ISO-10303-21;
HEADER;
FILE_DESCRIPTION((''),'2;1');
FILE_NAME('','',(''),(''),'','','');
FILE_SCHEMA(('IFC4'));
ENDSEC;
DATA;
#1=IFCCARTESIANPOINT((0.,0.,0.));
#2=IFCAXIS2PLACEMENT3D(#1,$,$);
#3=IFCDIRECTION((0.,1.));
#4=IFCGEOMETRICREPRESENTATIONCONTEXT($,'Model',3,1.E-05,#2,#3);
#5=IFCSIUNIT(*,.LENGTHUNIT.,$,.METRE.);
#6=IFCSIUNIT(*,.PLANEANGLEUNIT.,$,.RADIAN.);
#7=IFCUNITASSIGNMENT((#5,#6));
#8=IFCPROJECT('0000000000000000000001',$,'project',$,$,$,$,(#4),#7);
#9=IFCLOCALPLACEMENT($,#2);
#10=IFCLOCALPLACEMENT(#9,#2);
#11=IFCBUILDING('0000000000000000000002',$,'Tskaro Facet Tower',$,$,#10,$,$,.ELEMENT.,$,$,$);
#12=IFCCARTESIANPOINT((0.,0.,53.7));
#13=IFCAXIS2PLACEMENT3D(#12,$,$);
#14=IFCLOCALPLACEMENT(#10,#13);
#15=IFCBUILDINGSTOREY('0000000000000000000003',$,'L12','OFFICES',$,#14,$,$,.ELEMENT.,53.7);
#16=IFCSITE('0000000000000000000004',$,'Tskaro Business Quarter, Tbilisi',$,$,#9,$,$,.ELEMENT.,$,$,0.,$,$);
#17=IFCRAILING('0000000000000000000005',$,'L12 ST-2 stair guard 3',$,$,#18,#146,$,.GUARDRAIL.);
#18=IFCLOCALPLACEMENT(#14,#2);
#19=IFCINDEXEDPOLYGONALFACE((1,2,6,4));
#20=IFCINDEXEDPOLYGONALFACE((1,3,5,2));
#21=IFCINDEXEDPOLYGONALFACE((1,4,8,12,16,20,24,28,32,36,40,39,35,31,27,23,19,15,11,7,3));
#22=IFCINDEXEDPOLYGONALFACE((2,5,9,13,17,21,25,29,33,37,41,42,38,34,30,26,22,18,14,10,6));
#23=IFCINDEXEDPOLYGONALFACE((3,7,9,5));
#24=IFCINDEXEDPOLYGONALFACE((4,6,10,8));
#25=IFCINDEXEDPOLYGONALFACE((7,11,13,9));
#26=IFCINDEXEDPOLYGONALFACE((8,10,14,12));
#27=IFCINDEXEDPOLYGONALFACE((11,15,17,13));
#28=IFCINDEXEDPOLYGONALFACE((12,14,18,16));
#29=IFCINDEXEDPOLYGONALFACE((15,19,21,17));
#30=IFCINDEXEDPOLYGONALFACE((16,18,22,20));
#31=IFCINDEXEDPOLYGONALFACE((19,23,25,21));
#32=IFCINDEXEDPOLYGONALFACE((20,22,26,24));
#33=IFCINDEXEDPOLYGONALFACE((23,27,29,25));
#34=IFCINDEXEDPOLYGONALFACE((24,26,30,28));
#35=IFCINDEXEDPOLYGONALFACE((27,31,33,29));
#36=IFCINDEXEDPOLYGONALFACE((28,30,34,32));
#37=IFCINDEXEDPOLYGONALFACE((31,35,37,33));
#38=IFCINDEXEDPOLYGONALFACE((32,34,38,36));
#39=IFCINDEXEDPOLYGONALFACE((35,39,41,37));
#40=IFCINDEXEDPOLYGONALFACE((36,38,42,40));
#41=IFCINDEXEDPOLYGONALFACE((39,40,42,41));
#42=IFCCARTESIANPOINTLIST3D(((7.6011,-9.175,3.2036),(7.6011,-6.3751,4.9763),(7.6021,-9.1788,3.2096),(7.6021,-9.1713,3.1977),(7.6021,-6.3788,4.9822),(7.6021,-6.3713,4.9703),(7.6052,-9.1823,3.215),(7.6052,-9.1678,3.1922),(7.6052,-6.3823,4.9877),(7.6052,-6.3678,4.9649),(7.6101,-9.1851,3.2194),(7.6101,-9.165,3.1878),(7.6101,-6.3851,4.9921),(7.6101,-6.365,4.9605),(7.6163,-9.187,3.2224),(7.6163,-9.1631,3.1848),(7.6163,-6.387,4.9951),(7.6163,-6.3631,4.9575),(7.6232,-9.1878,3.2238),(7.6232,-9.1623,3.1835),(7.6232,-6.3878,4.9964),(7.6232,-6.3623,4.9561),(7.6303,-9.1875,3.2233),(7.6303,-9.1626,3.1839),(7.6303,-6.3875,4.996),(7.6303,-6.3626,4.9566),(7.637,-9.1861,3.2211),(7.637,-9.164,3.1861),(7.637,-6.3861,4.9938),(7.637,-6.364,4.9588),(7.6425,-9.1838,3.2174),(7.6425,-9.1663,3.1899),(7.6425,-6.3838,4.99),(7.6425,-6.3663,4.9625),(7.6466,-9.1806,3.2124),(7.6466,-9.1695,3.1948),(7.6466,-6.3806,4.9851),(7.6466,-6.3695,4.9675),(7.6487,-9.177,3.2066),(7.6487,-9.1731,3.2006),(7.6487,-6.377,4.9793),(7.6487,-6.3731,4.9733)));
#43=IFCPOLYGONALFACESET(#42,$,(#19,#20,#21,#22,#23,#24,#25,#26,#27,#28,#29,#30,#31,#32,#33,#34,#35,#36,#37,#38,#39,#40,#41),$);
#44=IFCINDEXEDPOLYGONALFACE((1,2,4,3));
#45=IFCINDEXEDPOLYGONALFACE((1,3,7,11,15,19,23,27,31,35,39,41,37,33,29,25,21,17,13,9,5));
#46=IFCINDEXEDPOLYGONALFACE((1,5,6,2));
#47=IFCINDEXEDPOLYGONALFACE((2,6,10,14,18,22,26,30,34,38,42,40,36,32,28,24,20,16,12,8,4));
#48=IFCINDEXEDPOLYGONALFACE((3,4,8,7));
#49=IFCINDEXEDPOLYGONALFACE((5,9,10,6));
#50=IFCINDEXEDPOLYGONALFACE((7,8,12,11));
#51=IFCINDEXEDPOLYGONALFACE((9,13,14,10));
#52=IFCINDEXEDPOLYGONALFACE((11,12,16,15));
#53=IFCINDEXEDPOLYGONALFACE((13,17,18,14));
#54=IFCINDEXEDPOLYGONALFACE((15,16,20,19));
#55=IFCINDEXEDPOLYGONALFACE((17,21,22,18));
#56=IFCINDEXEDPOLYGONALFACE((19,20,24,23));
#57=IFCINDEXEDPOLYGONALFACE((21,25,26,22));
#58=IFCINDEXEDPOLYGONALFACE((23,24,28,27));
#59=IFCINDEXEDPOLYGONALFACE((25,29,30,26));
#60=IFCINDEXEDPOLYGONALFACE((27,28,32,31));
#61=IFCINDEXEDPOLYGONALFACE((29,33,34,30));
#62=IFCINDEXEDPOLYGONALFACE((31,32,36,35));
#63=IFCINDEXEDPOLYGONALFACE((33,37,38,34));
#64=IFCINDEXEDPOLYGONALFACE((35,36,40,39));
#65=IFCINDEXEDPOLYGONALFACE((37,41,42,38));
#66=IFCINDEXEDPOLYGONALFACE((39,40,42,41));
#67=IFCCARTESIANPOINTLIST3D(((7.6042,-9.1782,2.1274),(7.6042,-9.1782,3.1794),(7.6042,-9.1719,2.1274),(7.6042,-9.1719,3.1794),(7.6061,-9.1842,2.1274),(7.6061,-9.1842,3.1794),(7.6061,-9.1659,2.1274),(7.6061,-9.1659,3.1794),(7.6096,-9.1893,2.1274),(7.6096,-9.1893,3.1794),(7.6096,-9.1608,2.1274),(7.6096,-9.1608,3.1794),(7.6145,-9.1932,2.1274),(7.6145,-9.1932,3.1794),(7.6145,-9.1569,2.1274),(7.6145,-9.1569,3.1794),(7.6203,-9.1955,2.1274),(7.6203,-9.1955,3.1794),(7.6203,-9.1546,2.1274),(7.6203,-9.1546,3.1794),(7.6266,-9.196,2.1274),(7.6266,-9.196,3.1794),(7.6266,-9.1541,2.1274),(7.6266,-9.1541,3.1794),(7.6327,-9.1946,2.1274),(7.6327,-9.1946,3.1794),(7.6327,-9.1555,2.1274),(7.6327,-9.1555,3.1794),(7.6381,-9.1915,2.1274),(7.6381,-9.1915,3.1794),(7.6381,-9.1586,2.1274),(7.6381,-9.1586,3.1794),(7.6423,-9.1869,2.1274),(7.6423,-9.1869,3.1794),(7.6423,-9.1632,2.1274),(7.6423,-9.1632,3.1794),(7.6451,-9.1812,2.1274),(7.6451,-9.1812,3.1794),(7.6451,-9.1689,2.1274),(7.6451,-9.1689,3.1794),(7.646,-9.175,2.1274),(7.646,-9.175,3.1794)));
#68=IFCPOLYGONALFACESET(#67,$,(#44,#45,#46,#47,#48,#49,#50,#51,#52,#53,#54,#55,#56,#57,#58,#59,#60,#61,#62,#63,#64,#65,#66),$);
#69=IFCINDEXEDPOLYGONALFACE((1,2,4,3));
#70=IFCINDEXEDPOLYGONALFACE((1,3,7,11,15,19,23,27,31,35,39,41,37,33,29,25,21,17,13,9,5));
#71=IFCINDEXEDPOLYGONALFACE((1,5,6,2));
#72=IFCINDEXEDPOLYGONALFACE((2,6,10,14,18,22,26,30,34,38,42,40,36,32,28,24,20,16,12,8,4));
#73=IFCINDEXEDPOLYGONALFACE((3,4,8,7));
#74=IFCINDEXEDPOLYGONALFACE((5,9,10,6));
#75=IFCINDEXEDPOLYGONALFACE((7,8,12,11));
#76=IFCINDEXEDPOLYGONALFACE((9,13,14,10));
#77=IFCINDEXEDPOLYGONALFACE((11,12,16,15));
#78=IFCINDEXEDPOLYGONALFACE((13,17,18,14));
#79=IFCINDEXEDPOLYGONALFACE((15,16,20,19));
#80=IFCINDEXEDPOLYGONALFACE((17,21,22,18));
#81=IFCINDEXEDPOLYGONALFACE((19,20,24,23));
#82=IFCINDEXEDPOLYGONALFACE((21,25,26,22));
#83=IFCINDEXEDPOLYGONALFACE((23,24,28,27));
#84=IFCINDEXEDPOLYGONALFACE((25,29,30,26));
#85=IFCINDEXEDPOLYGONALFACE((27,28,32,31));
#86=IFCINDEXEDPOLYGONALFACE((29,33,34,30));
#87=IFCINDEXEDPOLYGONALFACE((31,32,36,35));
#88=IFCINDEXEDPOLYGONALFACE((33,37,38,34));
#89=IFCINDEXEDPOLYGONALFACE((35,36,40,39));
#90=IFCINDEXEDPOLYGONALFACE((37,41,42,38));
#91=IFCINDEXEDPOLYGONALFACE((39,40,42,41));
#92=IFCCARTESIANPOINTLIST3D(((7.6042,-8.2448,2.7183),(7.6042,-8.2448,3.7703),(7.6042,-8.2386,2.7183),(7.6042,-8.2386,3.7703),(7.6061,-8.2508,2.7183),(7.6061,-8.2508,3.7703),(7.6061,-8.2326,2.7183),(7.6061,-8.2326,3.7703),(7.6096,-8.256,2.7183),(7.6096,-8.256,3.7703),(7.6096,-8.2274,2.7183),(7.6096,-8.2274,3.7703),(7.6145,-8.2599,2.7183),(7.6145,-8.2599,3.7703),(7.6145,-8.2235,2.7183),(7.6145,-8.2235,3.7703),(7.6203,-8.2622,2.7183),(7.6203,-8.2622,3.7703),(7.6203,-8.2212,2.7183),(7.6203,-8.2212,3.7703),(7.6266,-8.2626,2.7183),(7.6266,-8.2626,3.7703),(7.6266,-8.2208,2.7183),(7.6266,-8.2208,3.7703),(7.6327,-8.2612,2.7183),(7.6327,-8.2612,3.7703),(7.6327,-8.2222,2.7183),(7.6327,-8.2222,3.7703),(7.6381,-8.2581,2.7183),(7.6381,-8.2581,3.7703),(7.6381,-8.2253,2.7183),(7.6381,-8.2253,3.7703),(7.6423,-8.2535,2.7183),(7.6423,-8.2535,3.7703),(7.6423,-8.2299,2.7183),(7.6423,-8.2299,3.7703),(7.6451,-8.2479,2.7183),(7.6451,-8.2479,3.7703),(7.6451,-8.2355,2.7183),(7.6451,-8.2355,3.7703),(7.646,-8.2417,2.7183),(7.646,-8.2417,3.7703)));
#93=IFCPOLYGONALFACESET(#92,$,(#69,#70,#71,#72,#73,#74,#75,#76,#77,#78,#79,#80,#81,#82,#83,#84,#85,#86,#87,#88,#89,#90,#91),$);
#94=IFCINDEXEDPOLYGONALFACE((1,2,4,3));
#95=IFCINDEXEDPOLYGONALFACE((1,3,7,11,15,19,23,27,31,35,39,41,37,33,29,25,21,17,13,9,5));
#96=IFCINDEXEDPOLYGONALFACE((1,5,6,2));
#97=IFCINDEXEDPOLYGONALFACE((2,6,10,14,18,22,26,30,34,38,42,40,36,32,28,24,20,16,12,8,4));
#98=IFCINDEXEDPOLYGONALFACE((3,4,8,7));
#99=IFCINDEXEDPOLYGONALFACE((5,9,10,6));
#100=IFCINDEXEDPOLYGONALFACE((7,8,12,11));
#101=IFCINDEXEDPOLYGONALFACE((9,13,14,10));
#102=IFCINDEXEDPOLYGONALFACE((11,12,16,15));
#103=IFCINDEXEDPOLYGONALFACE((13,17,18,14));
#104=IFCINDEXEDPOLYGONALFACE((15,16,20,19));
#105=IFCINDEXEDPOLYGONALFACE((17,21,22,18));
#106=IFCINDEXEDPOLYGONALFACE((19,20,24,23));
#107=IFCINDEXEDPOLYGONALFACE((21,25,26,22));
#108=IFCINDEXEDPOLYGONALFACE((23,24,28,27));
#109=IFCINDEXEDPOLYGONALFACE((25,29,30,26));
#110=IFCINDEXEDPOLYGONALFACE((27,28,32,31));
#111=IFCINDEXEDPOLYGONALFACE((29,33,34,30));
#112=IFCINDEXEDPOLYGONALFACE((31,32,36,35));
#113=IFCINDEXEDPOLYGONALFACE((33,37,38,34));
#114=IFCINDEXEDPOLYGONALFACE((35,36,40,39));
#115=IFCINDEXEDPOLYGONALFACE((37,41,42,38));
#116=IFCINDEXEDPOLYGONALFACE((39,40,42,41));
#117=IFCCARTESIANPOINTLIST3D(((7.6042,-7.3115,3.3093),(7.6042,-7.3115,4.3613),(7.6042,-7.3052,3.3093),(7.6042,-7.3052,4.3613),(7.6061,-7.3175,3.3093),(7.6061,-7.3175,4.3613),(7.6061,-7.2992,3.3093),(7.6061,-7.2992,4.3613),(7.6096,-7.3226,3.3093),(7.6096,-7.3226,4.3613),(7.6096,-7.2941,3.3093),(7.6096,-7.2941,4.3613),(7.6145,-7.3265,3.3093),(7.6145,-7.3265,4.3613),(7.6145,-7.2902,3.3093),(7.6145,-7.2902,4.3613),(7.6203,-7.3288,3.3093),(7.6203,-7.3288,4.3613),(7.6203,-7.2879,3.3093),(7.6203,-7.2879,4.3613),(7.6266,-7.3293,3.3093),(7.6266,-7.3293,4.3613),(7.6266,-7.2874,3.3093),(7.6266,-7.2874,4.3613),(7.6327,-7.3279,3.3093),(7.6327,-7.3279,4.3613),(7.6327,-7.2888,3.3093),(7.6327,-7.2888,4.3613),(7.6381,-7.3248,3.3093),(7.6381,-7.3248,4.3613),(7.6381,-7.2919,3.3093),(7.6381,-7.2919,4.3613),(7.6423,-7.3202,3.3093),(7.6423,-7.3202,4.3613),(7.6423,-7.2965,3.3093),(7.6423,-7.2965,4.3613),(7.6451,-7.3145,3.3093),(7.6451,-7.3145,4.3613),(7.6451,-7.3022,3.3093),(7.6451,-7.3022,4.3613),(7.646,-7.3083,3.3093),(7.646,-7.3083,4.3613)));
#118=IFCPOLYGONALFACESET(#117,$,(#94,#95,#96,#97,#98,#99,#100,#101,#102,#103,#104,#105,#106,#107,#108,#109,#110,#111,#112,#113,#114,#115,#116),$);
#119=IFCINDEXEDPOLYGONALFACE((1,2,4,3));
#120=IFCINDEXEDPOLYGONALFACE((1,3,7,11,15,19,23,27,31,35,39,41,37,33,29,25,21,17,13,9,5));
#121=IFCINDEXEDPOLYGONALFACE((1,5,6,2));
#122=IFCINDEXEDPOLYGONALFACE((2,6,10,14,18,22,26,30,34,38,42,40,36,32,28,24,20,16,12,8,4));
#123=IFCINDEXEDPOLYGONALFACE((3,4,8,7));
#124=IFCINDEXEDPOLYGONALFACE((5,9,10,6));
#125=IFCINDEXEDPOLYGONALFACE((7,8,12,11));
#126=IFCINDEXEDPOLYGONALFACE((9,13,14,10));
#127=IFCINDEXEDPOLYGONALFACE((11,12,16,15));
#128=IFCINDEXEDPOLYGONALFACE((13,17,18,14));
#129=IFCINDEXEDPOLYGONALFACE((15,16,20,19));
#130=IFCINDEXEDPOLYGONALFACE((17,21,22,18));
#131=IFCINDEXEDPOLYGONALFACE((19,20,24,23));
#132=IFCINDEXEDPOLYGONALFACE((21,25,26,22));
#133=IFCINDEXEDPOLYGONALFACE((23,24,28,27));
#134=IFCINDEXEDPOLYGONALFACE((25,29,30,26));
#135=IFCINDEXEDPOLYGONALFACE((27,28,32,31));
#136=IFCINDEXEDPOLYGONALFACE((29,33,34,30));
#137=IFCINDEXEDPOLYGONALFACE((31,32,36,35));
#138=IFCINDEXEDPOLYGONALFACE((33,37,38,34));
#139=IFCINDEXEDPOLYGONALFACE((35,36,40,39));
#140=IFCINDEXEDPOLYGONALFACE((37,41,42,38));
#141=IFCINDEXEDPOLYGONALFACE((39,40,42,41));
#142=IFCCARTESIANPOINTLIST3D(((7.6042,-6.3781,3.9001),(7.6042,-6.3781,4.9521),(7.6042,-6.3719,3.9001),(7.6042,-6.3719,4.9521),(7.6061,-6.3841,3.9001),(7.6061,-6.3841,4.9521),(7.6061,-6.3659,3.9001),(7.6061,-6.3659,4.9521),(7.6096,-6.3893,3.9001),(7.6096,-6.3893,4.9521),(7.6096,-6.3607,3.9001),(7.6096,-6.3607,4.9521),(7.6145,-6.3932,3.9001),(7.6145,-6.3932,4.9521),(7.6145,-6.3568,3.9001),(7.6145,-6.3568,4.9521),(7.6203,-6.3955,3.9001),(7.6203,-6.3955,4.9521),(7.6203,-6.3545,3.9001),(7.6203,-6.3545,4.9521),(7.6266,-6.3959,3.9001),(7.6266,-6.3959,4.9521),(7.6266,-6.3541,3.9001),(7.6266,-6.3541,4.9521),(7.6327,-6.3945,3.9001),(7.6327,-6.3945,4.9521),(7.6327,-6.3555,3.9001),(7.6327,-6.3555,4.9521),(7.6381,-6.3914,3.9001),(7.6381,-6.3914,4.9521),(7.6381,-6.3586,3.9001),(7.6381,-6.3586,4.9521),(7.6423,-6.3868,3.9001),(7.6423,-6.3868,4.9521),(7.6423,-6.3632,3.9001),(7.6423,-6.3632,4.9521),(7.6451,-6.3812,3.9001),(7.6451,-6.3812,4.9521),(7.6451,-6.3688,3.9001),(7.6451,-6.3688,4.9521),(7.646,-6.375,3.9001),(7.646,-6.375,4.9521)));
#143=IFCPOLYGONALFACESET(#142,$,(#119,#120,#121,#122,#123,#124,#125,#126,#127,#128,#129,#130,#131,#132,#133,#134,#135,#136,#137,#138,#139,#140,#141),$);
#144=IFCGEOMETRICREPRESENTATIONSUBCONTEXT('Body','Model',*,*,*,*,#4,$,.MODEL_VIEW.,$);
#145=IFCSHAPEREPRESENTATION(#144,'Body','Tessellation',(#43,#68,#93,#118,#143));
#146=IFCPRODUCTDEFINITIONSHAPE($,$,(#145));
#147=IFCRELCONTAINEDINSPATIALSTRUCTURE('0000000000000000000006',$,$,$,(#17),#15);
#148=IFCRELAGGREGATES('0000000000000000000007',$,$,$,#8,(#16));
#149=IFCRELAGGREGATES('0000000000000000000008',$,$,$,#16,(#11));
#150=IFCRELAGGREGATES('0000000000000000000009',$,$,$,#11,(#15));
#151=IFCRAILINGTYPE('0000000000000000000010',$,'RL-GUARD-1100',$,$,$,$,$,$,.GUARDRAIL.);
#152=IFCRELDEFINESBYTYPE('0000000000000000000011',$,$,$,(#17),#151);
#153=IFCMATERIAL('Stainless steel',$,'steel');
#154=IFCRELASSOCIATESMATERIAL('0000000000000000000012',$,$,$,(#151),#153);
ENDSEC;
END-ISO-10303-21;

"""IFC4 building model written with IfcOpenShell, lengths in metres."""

from ifc_helpers import new_model, si_unit, direction, frame, origin, origin_2d, place, context, subcontext, project, spatial, circle, extrude, material, type_object, element, save


model = new_model("IFC4")

# Units and contexts
model_context = context("Model", 3, precision=1e-05, world=origin(), true_north=direction((0.0, 1.0)))
body_context = subcontext(model_context, "Body", "Model", "MODEL_VIEW")
ifc_project = project(units=[si_unit("LENGTHUNIT", "METRE"), si_unit("PLANEANGLEUNIT", "RADIAN")], contexts=[model_context])

# Site, building, storey
site_placement = place(None, origin())
site = spatial("IfcSite", under=ifc_project, at=site_placement, Name="Tskaro Business Quarter, Tbilisi", CompositionType="ELEMENT", RefElevation=0.0)
building_placement = place(site_placement, origin())
building = spatial("IfcBuilding", under=site, at=building_placement, Name="Tskaro Facet Tower", CompositionType="ELEMENT")
storey_placement = place(building_placement, frame((0.0, 0.0, 53.7)))
storey = spatial("IfcBuildingStorey", under=building, at=storey_placement, Name="L12", Description="OFFICES", CompositionType="ELEMENT", Elevation=53.7)

# Shared definitions
ifc_material_1 = material(Name="Stainless steel", Category="steel")

# Railing
railing_type_1 = type_object("IfcRailingType", Name="RL-GUARD-1100", PredefinedType="GUARDRAIL", material=ifc_material_1)
railing_1_placement = place(storey_placement, frame((7.625, -9.175, 2.1274)))
element("IfcRailing", 1, at=railing_1_placement, inside=storey, type_object=railing_type_1, Name="L12 ST-2 stair guard 3", PredefinedType="GUARDRAIL", context=body_context, shape_type="SweptSolid", body=[
    extrude(circle(Radius=0.0239, at=origin_2d()), frame((0.0, 0.0, 1.0762), z_axis=(0.0, 0.844909, 0.53491), x_axis=(-1.0, 0.0, 0.0)), (0.0, 0.0, 1.0), 3.314),
    extrude(circle(Radius=0.021, at=origin_2d()), origin(), (0.0, 0.0, 1.0), 1.052),
    extrude(circle(Radius=0.021, at=origin_2d()), frame((0.0, 0.9333, 0.5908)), (0.0, 0.0, 1.0), 1.052),
    extrude(circle(Radius=0.021, at=origin_2d()), frame((0.0, 1.8667, 1.1819)), (0.0, 0.0, 1.0), 1.052),
    extrude(circle(Radius=0.021, at=origin_2d()), frame((0.0, 2.8, 1.7727)), (0.0, 0.0, 1.0), 1.052),
])

save(model, "model.ifc")
